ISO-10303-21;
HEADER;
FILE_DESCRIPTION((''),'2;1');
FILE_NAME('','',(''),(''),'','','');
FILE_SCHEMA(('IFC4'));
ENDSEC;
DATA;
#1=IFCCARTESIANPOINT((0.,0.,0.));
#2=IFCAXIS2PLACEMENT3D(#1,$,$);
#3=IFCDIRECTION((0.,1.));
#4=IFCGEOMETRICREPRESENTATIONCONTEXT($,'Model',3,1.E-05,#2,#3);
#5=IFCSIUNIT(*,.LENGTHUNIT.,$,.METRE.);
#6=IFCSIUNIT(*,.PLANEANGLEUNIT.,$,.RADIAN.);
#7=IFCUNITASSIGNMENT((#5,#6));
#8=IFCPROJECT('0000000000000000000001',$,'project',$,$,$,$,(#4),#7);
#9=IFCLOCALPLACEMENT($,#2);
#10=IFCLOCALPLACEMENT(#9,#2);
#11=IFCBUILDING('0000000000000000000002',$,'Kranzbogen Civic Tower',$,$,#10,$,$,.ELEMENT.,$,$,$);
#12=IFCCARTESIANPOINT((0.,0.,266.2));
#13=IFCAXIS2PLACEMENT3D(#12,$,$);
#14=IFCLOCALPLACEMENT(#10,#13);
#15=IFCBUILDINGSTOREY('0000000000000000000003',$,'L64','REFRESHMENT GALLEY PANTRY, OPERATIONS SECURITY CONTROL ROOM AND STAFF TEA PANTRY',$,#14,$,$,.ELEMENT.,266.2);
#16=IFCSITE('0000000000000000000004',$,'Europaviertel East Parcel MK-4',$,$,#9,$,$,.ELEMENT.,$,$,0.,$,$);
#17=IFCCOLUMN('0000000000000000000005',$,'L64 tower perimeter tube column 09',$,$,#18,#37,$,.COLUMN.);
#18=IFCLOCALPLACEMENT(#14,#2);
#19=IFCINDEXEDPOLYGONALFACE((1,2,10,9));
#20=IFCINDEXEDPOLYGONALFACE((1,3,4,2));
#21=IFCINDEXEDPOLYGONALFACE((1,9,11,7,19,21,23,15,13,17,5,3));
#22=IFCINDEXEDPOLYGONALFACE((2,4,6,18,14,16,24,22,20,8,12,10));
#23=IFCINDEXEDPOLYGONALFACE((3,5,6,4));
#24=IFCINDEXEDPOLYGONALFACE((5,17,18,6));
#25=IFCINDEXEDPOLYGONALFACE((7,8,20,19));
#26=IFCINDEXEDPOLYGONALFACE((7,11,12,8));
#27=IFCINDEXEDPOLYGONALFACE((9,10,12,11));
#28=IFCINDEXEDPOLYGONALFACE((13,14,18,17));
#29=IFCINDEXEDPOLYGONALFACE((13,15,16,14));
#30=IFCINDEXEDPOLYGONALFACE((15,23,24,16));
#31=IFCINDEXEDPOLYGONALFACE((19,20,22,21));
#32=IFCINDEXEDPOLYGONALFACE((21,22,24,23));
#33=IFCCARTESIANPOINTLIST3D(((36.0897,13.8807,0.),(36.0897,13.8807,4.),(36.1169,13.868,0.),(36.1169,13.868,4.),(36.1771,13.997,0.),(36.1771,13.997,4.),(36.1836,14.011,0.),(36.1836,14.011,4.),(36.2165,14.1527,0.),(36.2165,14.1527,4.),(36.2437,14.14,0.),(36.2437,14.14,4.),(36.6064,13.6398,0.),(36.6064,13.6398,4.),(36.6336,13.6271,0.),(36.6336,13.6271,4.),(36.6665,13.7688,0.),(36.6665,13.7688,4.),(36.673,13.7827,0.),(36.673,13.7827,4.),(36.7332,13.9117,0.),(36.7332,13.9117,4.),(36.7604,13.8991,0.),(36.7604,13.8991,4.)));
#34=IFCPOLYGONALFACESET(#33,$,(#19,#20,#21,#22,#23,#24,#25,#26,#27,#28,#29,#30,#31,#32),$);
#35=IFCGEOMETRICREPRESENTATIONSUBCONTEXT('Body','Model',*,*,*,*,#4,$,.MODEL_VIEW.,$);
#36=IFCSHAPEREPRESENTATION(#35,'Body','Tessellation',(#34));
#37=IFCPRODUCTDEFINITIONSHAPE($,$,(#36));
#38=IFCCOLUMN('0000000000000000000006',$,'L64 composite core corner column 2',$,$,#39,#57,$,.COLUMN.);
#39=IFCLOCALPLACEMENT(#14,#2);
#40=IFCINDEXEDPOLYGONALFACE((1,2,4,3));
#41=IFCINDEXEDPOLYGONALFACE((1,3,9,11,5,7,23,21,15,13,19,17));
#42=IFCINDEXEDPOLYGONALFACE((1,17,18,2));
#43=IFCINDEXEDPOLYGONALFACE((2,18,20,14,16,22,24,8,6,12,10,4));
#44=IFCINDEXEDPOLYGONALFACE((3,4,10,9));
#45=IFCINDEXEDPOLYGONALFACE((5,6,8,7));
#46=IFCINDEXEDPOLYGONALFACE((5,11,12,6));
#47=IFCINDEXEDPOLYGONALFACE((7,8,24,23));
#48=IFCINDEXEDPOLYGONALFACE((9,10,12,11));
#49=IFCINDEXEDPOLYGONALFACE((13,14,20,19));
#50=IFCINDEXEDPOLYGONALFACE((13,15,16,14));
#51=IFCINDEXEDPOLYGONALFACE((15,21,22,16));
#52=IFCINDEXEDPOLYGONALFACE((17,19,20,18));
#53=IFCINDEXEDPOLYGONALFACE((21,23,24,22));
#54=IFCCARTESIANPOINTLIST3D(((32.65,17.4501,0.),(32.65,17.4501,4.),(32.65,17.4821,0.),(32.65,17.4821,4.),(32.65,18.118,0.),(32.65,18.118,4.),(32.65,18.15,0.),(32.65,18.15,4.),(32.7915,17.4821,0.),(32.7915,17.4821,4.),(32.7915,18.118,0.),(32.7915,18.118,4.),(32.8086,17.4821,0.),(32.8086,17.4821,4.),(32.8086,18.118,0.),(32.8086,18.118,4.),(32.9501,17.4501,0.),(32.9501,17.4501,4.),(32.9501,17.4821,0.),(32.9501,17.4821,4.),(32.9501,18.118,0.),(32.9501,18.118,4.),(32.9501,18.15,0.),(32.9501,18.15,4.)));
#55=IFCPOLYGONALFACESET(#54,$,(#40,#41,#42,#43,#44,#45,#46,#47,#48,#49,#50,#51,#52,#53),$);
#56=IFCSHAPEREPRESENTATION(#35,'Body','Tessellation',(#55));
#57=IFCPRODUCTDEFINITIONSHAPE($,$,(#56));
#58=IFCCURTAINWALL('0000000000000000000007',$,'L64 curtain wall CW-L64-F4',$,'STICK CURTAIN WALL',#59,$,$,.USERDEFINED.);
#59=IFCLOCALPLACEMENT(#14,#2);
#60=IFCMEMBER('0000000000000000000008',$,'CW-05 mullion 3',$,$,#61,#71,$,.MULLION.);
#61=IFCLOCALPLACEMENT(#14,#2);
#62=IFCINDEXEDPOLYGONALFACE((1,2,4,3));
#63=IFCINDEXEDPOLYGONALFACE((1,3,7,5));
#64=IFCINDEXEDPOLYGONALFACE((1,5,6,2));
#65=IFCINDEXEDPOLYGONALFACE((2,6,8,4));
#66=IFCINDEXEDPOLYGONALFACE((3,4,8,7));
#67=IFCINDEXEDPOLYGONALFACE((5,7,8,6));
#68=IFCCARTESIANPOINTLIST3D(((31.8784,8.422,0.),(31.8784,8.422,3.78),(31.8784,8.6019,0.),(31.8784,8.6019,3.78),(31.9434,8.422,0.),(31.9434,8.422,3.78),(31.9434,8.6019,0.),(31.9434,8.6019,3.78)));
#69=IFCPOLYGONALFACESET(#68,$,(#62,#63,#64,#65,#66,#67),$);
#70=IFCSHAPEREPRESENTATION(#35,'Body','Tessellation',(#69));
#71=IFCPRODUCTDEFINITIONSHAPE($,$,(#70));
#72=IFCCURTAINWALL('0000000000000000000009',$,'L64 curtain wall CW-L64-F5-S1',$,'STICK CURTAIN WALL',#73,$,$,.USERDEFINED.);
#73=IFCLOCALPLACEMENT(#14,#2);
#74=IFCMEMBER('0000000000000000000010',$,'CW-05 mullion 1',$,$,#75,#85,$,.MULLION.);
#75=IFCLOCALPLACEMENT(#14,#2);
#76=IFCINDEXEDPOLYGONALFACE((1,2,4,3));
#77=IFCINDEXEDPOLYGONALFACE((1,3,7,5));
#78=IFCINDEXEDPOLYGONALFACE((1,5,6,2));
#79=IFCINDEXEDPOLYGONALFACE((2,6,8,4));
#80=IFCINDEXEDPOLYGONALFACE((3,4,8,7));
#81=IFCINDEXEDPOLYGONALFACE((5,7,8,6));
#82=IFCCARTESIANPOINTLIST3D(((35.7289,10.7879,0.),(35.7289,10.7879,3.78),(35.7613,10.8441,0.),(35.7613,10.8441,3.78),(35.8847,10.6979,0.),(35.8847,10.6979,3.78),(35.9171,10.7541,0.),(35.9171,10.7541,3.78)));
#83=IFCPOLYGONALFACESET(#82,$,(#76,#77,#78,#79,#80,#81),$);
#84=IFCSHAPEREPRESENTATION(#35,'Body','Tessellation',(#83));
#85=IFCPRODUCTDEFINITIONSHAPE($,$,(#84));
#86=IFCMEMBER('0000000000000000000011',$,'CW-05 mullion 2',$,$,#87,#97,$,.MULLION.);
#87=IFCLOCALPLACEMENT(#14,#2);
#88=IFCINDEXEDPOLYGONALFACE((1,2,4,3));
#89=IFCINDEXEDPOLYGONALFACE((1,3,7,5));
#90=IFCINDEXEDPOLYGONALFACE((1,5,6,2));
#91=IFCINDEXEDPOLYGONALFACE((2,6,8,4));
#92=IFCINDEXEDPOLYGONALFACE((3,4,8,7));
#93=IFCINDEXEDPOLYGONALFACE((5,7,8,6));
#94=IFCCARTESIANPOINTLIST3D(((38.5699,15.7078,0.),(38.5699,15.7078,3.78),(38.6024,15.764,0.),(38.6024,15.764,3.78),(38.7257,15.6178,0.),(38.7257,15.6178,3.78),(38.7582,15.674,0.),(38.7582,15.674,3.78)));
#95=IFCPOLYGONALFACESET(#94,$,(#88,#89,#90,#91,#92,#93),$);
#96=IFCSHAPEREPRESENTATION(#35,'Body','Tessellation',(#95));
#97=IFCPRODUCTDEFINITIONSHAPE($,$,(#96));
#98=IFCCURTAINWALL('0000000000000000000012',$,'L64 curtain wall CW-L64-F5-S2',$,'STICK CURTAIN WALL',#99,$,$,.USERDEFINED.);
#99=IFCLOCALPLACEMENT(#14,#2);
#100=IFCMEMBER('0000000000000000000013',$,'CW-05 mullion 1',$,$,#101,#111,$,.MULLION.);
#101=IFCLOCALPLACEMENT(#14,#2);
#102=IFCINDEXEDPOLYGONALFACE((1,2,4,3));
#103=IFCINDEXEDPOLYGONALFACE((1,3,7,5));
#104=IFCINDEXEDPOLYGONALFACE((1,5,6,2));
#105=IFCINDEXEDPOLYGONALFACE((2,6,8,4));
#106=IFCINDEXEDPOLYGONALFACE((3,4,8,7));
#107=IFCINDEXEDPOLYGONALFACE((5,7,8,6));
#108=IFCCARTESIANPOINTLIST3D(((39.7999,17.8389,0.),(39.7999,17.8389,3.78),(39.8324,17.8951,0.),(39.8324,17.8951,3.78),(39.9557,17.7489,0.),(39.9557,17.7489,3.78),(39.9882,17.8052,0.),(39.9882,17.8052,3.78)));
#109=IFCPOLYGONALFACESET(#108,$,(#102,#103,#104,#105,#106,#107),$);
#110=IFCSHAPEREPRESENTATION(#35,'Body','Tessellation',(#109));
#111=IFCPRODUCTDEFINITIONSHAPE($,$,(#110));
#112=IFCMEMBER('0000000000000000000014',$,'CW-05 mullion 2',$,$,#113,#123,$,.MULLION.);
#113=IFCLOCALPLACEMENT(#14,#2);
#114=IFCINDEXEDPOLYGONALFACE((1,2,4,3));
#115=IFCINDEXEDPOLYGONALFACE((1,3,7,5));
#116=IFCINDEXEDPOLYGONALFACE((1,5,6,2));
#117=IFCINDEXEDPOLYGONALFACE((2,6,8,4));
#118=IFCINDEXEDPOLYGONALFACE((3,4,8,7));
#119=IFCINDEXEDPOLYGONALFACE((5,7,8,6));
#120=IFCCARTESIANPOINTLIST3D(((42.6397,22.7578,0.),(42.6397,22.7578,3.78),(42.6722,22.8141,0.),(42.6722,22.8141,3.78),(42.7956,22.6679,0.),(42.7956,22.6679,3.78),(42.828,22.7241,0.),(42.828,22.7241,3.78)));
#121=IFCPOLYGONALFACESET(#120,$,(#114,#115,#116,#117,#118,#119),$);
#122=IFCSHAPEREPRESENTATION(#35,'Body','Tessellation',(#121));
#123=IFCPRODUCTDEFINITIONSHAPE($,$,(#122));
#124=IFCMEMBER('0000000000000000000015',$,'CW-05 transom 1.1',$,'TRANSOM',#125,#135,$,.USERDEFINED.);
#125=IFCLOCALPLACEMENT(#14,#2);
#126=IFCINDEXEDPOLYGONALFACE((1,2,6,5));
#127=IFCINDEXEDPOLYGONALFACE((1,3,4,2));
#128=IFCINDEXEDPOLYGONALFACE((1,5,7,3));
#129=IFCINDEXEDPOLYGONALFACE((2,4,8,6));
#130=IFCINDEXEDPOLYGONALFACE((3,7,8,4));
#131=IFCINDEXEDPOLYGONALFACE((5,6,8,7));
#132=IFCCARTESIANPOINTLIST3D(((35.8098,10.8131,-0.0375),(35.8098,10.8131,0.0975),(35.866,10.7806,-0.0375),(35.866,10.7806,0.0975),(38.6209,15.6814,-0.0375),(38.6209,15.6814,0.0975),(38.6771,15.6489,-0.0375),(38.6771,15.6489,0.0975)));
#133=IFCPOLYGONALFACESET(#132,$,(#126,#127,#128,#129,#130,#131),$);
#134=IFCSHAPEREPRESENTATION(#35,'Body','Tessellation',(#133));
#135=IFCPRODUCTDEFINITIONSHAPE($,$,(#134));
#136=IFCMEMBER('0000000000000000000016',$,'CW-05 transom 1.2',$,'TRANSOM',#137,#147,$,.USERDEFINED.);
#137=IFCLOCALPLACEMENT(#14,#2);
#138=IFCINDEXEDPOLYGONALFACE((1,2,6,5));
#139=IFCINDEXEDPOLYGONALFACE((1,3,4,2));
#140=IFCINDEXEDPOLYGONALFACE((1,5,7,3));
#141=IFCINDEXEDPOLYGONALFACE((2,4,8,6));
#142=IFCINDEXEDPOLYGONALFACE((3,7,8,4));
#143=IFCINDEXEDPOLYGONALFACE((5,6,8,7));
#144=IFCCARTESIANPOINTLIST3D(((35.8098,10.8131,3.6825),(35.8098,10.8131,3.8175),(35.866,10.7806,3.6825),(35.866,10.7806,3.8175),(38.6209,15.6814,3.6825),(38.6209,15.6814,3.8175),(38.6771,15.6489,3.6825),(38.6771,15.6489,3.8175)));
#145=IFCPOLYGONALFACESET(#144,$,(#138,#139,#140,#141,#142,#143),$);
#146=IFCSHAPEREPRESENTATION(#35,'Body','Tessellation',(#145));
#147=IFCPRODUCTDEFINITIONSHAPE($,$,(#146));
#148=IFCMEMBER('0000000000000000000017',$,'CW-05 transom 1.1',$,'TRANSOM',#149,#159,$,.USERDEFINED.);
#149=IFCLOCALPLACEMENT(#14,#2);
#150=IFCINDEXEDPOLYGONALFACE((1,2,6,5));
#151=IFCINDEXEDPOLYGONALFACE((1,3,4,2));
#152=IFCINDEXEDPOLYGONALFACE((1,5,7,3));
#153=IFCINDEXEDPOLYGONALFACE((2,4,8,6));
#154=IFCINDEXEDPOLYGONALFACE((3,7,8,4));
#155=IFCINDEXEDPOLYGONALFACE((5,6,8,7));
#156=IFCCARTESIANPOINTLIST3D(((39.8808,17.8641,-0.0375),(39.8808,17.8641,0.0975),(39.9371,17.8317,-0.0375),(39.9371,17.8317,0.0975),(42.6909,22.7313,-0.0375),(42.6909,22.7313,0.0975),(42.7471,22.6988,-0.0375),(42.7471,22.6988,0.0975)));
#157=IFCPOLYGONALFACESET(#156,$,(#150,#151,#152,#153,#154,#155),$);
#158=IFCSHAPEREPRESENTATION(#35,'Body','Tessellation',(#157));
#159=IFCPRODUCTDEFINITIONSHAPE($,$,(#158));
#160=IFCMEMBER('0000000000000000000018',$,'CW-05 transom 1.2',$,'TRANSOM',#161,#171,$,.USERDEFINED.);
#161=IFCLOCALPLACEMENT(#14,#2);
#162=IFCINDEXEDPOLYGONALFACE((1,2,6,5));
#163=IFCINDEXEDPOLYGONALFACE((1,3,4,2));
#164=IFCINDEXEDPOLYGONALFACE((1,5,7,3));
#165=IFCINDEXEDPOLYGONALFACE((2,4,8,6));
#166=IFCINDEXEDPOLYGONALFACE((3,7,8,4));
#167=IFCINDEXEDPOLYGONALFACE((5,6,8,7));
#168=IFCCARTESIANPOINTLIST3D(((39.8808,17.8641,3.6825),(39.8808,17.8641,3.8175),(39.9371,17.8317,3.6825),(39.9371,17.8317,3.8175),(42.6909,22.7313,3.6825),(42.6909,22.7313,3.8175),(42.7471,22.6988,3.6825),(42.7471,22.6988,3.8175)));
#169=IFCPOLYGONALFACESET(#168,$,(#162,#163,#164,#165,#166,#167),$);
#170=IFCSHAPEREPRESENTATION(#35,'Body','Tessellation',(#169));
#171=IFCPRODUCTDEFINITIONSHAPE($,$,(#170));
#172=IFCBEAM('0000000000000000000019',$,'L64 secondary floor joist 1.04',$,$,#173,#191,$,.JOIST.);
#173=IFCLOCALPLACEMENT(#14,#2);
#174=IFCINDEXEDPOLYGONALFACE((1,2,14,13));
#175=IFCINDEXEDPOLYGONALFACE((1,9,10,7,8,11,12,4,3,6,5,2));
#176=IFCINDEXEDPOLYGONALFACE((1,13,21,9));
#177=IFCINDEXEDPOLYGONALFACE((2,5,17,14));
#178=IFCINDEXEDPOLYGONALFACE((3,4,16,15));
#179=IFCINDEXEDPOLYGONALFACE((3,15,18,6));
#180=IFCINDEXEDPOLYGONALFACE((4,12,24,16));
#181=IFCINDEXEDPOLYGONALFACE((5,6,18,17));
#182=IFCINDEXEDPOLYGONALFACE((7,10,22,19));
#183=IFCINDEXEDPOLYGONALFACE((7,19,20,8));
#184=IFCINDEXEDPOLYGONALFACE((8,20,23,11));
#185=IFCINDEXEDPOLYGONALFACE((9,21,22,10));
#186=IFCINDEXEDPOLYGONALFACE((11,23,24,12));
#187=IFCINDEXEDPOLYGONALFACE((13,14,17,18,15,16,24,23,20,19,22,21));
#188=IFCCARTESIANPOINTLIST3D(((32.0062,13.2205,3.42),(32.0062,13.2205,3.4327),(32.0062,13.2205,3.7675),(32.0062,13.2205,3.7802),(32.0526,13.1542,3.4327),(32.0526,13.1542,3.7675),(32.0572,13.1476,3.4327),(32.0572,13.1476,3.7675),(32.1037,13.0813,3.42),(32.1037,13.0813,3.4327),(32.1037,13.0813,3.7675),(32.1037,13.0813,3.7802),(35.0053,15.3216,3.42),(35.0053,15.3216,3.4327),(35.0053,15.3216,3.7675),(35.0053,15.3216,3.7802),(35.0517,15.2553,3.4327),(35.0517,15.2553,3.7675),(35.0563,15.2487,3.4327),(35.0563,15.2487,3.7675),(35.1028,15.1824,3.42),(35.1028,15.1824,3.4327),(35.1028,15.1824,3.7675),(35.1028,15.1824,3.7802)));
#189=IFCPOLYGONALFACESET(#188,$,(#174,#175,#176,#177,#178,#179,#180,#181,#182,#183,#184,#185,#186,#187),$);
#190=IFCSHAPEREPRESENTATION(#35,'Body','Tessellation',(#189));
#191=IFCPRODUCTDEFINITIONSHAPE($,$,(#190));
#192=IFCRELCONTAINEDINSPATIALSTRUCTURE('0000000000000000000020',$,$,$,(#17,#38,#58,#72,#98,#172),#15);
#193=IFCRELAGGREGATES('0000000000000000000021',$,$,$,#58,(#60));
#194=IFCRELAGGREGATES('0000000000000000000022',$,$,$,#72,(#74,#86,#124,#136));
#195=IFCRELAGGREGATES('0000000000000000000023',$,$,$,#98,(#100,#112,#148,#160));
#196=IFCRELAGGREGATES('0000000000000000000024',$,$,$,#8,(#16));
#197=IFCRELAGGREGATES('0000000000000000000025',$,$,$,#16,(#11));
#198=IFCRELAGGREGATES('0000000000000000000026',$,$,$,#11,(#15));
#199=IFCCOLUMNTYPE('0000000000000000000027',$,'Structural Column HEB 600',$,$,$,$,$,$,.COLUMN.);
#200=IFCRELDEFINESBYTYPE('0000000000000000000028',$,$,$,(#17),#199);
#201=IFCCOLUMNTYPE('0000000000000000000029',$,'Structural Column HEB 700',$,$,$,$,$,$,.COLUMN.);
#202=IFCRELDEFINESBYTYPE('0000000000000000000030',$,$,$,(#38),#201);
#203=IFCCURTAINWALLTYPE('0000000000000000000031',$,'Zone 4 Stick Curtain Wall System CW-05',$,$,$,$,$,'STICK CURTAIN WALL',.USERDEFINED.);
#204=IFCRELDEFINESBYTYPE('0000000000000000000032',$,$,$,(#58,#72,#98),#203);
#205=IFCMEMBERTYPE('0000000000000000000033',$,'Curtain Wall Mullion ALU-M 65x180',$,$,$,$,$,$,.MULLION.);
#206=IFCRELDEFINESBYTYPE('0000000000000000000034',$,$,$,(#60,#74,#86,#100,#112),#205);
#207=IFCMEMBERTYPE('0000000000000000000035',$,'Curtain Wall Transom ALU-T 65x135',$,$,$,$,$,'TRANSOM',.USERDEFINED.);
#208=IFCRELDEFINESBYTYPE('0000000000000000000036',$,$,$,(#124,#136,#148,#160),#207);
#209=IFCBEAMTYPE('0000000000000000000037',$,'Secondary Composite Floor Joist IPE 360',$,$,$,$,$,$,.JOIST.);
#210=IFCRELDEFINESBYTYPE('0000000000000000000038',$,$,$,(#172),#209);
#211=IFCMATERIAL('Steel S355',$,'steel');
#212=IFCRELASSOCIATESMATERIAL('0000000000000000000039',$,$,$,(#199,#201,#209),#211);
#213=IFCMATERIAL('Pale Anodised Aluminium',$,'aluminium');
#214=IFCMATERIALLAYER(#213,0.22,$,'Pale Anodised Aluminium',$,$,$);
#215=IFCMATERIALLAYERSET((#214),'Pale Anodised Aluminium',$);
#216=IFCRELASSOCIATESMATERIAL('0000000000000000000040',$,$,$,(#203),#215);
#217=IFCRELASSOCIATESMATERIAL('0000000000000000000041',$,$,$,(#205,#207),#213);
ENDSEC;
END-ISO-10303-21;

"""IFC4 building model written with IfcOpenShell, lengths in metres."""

from ifc_helpers import new_model, si_unit, direction, frame, origin, origin_2d, place, context, subcontext, project, spatial, rectangle, i_section, extrude, material, layer, layer_set, material_profile, profile_set, type_object, element, aggregate, save


model = new_model("IFC4")

# Units and contexts
model_context = context("Model", 3, precision=1e-05, world=origin(), true_north=direction((0.0, 1.0)))
body_context = subcontext(model_context, "Body", "Model", "MODEL_VIEW")
ifc_project = project(units=[si_unit("LENGTHUNIT", "METRE"), si_unit("PLANEANGLEUNIT", "RADIAN")], contexts=[model_context])

# Site, building, storey
site_placement = place(None, origin())
site = spatial("IfcSite", under=ifc_project, at=site_placement, Name="Europaviertel East Parcel MK-4", CompositionType="ELEMENT", RefElevation=0.0)
building_placement = place(site_placement, origin())
building = spatial("IfcBuilding", under=site, at=building_placement, Name="Kranzbogen Civic Tower", CompositionType="ELEMENT")
storey_placement = place(building_placement, frame((0.0, 0.0, 266.2)))
storey = spatial("IfcBuildingStorey", under=building, at=storey_placement, Name="L64", Description="REFRESHMENT GALLEY PANTRY, OPERATIONS SECURITY CONTROL ROOM AND STAFF TEA PANTRY", CompositionType="ELEMENT", Elevation=266.2)

# Columns
ifc_material_1 = material(Name="Steel S355", Category="steel")
ifc_material_profile_1 = material_profile(ifc_material_1, i_section(OverallWidth=0.3, OverallDepth=0.6001, WebThickness=0.0154, FlangeThickness=0.03, at=origin_2d()), Name="HEB 600")
ifc_profile_set_1 = profile_set([ifc_material_profile_1], Name="Steel S355")
column_type_1 = type_object("IfcColumnType", Name="Structural Column HEB 600", PredefinedType="COLUMN", material=ifc_profile_set_1)
column_1_placement = place(storey_placement, frame((36.425, 13.8899, 0.0), z_axis=(0.0, 0.0, 1.0), x_axis=(0.422618, 0.906308, 0.0)))
element("IfcColumn", 1, at=column_1_placement, inside=storey, type_object=column_type_1, Name="L64 tower perimeter tube column 09", PredefinedType="COLUMN", context=body_context, shape_type="SweptSolid", body=[
    extrude(i_section(OverallWidth=0.3, OverallDepth=0.6001, WebThickness=0.0154, FlangeThickness=0.03, at=origin_2d()), origin(), (0.0, 0.0, 1.0), 4.0),
])
ifc_material_profile_2 = material_profile(ifc_material_1, i_section(OverallWidth=0.3, OverallDepth=0.7, WebThickness=0.0171, FlangeThickness=0.032, at=origin_2d()), Name="HEB 700")
ifc_profile_set_2 = profile_set([ifc_material_profile_2], Name="Steel S355")
column_type_2 = type_object("IfcColumnType", Name="Structural Column HEB 700", PredefinedType="COLUMN", material=ifc_profile_set_2)
column_2_placement = place(storey_placement, frame((32.8, 17.8, 0.0), z_axis=(0.0, 0.0, 1.0), x_axis=(1.0, 0.0, 0.0)))
element("IfcColumn", 2, at=column_2_placement, inside=storey, type_object=column_type_2, Name="L64 composite core corner column 2", PredefinedType="COLUMN", context=body_context, shape_type="SweptSolid", body=[
    extrude(i_section(OverallWidth=0.3, OverallDepth=0.7, WebThickness=0.0171, FlangeThickness=0.032, at=origin_2d()), origin(), (0.0, 0.0, 1.0), 4.0),
])

# Curtain wall, member
ifc_material_2 = material(Name="Pale Anodised Aluminium", Category="aluminium")
ifc_layer_1 = layer(ifc_material_2, 0.22, Name="Pale Anodised Aluminium")
ifc_layer_set_1 = layer_set([ifc_layer_1], Name="Pale Anodised Aluminium")
curtain_wall_type = type_object("IfcCurtainWallType", Name="Zone 4 Stick Curtain Wall System CW-05", ElementType="STICK CURTAIN WALL", PredefinedType="USERDEFINED", material=ifc_layer_set_1)
curtain_wall_1_placement = place(storey_placement, origin())
curtain_wall_1 = element("IfcCurtainWall", 3, at=curtain_wall_1_placement, inside=storey, type_object=curtain_wall_type, Name="L64 curtain wall CW-L64-F4", ObjectType="STICK CURTAIN WALL", PredefinedType="USERDEFINED")
ifc_material_profile_3 = material_profile(ifc_material_2, rectangle(XDim=0.0649, YDim=0.1799, at=origin_2d()), Name="ALU-M 65x180")
ifc_profile_set_3 = profile_set([ifc_material_profile_3], Name="Pale Anodised Aluminium")
member_type_1 = type_object("IfcMemberType", Name="Curtain Wall Mullion ALU-M 65x180", PredefinedType="MULLION", material=ifc_profile_set_3)
member_1_placement = place(storey_placement, frame((31.9109, 8.512, 0.0), z_axis=(0.0, 0.0, 1.0), x_axis=(1.0, -0.000072, 0.0)))
member_1 = element("IfcMember", 4, at=member_1_placement, type_object=member_type_1, Name="CW-05 mullion 3", PredefinedType="MULLION", context=body_context, shape_type="SweptSolid", body=[
    extrude(rectangle(XDim=0.0649, YDim=0.1799, at=origin_2d()), origin(), (0.0, 0.0, 1.0), 3.78),
])
aggregate(curtain_wall_1, [member_1])

# Curtain walls, members
curtain_wall_2_placement = place(storey_placement, origin())
curtain_wall_2 = element("IfcCurtainWall", 5, at=curtain_wall_2_placement, inside=storey, type_object=curtain_wall_type, Name="L64 curtain wall CW-L64-F5-S1", ObjectType="STICK CURTAIN WALL", PredefinedType="USERDEFINED")
member_2_placement = place(storey_placement, frame((35.823, 10.771, 0.0), z_axis=(0.0, 0.0, 1.0), x_axis=(0.500054, 0.865994, 0.0)))
member_2 = element("IfcMember", 6, at=member_2_placement, type_object=member_type_1, Name="CW-05 mullion 1", PredefinedType="MULLION", context=body_context, shape_type="SweptSolid", body=[
    extrude(rectangle(XDim=0.0649, YDim=0.1799, at=origin_2d()), origin(), (0.0, 0.0, 1.0), 3.78),
])
member_3_placement = place(storey_placement, frame((38.6641, 15.6909, 0.0), z_axis=(0.0, 0.0, 1.0), x_axis=(0.500054, 0.865994, 0.0)))
member_3 = element("IfcMember", 7, at=member_3_placement, type_object=member_type_1, Name="CW-05 mullion 2", PredefinedType="MULLION", context=body_context, shape_type="SweptSolid", body=[
    extrude(rectangle(XDim=0.0649, YDim=0.1799, at=origin_2d()), origin(), (0.0, 0.0, 1.0), 3.78),
])
curtain_wall_3_placement = place(storey_placement, origin())
curtain_wall_3 = element("IfcCurtainWall", 8, at=curtain_wall_3_placement, inside=storey, type_object=curtain_wall_type, Name="L64 curtain wall CW-L64-F5-S2", ObjectType="STICK CURTAIN WALL", PredefinedType="USERDEFINED")
member_4_placement = place(storey_placement, frame((39.894, 17.822, 0.0), z_axis=(0.0, 0.0, 1.0), x_axis=(0.499999, 0.866026, 0.0)))
member_4 = element("IfcMember", 9, at=member_4_placement, type_object=member_type_1, Name="CW-05 mullion 1", PredefinedType="MULLION", context=body_context, shape_type="SweptSolid", body=[
    extrude(rectangle(XDim=0.0649, YDim=0.1799, at=origin_2d()), origin(), (0.0, 0.0, 1.0), 3.78),
])
member_5_placement = place(storey_placement, frame((42.7339, 22.741, 0.0), z_axis=(0.0, 0.0, 1.0), x_axis=(0.499999, 0.866026, 0.0)))
member_5 = element("IfcMember", 10, at=member_5_placement, type_object=member_type_1, Name="CW-05 mullion 2", PredefinedType="MULLION", context=body_context, shape_type="SweptSolid", body=[
    extrude(rectangle(XDim=0.0649, YDim=0.1799, at=origin_2d()), origin(), (0.0, 0.0, 1.0), 3.78),
])

# Members
ifc_material_profile_4 = material_profile(ifc_material_2, rectangle(XDim=0.0649, YDim=0.135, at=origin_2d()), Name="ALU-T 65x135")
ifc_profile_set_4 = profile_set([ifc_material_profile_4], Name="Pale Anodised Aluminium")
member_type_2 = type_object("IfcMemberType", Name="Curtain Wall Transom ALU-T 65x135", ElementType="TRANSOM", PredefinedType="USERDEFINED", material=ifc_profile_set_4)
member_6_placement = place(storey_placement, frame((35.8379, 10.7969, 0.03), z_axis=(0.500053, 0.865995, 0.0), x_axis=(-0.865995, 0.500053, 0.0)))
member_6 = element("IfcMember", 11, at=member_6_placement, type_object=member_type_2, Name="CW-05 transom 1.1", ObjectType="TRANSOM", PredefinedType="USERDEFINED", context=body_context, shape_type="SweptSolid", body=[
    extrude(rectangle(XDim=0.0649, YDim=0.135, at=origin_2d()), origin(), (0.0, 0.0, 1.0), 5.6216),
])
member_7_placement = place(storey_placement, frame((35.8379, 10.7969, 3.75), z_axis=(0.500053, 0.865995, 0.0), x_axis=(-0.865995, 0.500053, 0.0)))
member_7 = element("IfcMember", 12, at=member_7_placement, type_object=member_type_2, Name="CW-05 transom 1.2", ObjectType="TRANSOM", PredefinedType="USERDEFINED", context=body_context, shape_type="SweptSolid", body=[
    extrude(rectangle(XDim=0.0649, YDim=0.135, at=origin_2d()), origin(), (0.0, 0.0, 1.0), 5.6216),
])
member_8_placement = place(storey_placement, frame((39.9089, 17.8479, 0.03), z_axis=(0.499998, 0.866026, 0.0), x_axis=(-0.866026, 0.499998, 0.0)))
member_8 = element("IfcMember", 13, at=member_8_placement, type_object=member_type_2, Name="CW-05 transom 1.1", ObjectType="TRANSOM", PredefinedType="USERDEFINED", context=body_context, shape_type="SweptSolid", body=[
    extrude(rectangle(XDim=0.0649, YDim=0.135, at=origin_2d()), origin(), (0.0, 0.0, 1.0), 5.6201),
])
member_9_placement = place(storey_placement, frame((39.9089, 17.8479, 3.75), z_axis=(0.499998, 0.866026, 0.0), x_axis=(-0.866026, 0.499998, 0.0)))
member_9 = element("IfcMember", 14, at=member_9_placement, type_object=member_type_2, Name="CW-05 transom 1.2", ObjectType="TRANSOM", PredefinedType="USERDEFINED", context=body_context, shape_type="SweptSolid", body=[
    extrude(rectangle(XDim=0.0649, YDim=0.135, at=origin_2d()), origin(), (0.0, 0.0, 1.0), 5.6201),
])

# Beam
ifc_material_profile_5 = material_profile(ifc_material_1, i_section(OverallWidth=0.1699, OverallDepth=0.3601, WebThickness=0.0081, FlangeThickness=0.0127, at=origin_2d()), Name="IPE 360")
ifc_profile_set_5 = profile_set([ifc_material_profile_5], Name="Steel S355")
beam_type_1 = type_object("IfcBeamType", Name="Secondary Composite Floor Joist IPE 360", PredefinedType="JOIST", material=ifc_profile_set_5)
beam_1_placement = place(storey_placement, frame((32.0549, 13.1509, 3.6001), z_axis=(0.819006, 0.573784, 0.0), x_axis=(-0.573784, 0.819006, 0.0)))
element("IfcBeam", 15, at=beam_1_placement, inside=storey, type_object=beam_type_1, Name="L64 secondary floor joist 1.04", PredefinedType="JOIST", context=body_context, shape_type="SweptSolid", body=[
    extrude(i_section(OverallWidth=0.1699, OverallDepth=0.3601, WebThickness=0.0081, FlangeThickness=0.0127, at=origin_2d()), origin(), (0.0, 0.0, 1.0), 3.6619),
])

aggregate(curtain_wall_2, [member_2, member_3, member_6, member_7])
aggregate(curtain_wall_3, [member_4, member_5, member_8, member_9])

save(model, "model.ifc")
